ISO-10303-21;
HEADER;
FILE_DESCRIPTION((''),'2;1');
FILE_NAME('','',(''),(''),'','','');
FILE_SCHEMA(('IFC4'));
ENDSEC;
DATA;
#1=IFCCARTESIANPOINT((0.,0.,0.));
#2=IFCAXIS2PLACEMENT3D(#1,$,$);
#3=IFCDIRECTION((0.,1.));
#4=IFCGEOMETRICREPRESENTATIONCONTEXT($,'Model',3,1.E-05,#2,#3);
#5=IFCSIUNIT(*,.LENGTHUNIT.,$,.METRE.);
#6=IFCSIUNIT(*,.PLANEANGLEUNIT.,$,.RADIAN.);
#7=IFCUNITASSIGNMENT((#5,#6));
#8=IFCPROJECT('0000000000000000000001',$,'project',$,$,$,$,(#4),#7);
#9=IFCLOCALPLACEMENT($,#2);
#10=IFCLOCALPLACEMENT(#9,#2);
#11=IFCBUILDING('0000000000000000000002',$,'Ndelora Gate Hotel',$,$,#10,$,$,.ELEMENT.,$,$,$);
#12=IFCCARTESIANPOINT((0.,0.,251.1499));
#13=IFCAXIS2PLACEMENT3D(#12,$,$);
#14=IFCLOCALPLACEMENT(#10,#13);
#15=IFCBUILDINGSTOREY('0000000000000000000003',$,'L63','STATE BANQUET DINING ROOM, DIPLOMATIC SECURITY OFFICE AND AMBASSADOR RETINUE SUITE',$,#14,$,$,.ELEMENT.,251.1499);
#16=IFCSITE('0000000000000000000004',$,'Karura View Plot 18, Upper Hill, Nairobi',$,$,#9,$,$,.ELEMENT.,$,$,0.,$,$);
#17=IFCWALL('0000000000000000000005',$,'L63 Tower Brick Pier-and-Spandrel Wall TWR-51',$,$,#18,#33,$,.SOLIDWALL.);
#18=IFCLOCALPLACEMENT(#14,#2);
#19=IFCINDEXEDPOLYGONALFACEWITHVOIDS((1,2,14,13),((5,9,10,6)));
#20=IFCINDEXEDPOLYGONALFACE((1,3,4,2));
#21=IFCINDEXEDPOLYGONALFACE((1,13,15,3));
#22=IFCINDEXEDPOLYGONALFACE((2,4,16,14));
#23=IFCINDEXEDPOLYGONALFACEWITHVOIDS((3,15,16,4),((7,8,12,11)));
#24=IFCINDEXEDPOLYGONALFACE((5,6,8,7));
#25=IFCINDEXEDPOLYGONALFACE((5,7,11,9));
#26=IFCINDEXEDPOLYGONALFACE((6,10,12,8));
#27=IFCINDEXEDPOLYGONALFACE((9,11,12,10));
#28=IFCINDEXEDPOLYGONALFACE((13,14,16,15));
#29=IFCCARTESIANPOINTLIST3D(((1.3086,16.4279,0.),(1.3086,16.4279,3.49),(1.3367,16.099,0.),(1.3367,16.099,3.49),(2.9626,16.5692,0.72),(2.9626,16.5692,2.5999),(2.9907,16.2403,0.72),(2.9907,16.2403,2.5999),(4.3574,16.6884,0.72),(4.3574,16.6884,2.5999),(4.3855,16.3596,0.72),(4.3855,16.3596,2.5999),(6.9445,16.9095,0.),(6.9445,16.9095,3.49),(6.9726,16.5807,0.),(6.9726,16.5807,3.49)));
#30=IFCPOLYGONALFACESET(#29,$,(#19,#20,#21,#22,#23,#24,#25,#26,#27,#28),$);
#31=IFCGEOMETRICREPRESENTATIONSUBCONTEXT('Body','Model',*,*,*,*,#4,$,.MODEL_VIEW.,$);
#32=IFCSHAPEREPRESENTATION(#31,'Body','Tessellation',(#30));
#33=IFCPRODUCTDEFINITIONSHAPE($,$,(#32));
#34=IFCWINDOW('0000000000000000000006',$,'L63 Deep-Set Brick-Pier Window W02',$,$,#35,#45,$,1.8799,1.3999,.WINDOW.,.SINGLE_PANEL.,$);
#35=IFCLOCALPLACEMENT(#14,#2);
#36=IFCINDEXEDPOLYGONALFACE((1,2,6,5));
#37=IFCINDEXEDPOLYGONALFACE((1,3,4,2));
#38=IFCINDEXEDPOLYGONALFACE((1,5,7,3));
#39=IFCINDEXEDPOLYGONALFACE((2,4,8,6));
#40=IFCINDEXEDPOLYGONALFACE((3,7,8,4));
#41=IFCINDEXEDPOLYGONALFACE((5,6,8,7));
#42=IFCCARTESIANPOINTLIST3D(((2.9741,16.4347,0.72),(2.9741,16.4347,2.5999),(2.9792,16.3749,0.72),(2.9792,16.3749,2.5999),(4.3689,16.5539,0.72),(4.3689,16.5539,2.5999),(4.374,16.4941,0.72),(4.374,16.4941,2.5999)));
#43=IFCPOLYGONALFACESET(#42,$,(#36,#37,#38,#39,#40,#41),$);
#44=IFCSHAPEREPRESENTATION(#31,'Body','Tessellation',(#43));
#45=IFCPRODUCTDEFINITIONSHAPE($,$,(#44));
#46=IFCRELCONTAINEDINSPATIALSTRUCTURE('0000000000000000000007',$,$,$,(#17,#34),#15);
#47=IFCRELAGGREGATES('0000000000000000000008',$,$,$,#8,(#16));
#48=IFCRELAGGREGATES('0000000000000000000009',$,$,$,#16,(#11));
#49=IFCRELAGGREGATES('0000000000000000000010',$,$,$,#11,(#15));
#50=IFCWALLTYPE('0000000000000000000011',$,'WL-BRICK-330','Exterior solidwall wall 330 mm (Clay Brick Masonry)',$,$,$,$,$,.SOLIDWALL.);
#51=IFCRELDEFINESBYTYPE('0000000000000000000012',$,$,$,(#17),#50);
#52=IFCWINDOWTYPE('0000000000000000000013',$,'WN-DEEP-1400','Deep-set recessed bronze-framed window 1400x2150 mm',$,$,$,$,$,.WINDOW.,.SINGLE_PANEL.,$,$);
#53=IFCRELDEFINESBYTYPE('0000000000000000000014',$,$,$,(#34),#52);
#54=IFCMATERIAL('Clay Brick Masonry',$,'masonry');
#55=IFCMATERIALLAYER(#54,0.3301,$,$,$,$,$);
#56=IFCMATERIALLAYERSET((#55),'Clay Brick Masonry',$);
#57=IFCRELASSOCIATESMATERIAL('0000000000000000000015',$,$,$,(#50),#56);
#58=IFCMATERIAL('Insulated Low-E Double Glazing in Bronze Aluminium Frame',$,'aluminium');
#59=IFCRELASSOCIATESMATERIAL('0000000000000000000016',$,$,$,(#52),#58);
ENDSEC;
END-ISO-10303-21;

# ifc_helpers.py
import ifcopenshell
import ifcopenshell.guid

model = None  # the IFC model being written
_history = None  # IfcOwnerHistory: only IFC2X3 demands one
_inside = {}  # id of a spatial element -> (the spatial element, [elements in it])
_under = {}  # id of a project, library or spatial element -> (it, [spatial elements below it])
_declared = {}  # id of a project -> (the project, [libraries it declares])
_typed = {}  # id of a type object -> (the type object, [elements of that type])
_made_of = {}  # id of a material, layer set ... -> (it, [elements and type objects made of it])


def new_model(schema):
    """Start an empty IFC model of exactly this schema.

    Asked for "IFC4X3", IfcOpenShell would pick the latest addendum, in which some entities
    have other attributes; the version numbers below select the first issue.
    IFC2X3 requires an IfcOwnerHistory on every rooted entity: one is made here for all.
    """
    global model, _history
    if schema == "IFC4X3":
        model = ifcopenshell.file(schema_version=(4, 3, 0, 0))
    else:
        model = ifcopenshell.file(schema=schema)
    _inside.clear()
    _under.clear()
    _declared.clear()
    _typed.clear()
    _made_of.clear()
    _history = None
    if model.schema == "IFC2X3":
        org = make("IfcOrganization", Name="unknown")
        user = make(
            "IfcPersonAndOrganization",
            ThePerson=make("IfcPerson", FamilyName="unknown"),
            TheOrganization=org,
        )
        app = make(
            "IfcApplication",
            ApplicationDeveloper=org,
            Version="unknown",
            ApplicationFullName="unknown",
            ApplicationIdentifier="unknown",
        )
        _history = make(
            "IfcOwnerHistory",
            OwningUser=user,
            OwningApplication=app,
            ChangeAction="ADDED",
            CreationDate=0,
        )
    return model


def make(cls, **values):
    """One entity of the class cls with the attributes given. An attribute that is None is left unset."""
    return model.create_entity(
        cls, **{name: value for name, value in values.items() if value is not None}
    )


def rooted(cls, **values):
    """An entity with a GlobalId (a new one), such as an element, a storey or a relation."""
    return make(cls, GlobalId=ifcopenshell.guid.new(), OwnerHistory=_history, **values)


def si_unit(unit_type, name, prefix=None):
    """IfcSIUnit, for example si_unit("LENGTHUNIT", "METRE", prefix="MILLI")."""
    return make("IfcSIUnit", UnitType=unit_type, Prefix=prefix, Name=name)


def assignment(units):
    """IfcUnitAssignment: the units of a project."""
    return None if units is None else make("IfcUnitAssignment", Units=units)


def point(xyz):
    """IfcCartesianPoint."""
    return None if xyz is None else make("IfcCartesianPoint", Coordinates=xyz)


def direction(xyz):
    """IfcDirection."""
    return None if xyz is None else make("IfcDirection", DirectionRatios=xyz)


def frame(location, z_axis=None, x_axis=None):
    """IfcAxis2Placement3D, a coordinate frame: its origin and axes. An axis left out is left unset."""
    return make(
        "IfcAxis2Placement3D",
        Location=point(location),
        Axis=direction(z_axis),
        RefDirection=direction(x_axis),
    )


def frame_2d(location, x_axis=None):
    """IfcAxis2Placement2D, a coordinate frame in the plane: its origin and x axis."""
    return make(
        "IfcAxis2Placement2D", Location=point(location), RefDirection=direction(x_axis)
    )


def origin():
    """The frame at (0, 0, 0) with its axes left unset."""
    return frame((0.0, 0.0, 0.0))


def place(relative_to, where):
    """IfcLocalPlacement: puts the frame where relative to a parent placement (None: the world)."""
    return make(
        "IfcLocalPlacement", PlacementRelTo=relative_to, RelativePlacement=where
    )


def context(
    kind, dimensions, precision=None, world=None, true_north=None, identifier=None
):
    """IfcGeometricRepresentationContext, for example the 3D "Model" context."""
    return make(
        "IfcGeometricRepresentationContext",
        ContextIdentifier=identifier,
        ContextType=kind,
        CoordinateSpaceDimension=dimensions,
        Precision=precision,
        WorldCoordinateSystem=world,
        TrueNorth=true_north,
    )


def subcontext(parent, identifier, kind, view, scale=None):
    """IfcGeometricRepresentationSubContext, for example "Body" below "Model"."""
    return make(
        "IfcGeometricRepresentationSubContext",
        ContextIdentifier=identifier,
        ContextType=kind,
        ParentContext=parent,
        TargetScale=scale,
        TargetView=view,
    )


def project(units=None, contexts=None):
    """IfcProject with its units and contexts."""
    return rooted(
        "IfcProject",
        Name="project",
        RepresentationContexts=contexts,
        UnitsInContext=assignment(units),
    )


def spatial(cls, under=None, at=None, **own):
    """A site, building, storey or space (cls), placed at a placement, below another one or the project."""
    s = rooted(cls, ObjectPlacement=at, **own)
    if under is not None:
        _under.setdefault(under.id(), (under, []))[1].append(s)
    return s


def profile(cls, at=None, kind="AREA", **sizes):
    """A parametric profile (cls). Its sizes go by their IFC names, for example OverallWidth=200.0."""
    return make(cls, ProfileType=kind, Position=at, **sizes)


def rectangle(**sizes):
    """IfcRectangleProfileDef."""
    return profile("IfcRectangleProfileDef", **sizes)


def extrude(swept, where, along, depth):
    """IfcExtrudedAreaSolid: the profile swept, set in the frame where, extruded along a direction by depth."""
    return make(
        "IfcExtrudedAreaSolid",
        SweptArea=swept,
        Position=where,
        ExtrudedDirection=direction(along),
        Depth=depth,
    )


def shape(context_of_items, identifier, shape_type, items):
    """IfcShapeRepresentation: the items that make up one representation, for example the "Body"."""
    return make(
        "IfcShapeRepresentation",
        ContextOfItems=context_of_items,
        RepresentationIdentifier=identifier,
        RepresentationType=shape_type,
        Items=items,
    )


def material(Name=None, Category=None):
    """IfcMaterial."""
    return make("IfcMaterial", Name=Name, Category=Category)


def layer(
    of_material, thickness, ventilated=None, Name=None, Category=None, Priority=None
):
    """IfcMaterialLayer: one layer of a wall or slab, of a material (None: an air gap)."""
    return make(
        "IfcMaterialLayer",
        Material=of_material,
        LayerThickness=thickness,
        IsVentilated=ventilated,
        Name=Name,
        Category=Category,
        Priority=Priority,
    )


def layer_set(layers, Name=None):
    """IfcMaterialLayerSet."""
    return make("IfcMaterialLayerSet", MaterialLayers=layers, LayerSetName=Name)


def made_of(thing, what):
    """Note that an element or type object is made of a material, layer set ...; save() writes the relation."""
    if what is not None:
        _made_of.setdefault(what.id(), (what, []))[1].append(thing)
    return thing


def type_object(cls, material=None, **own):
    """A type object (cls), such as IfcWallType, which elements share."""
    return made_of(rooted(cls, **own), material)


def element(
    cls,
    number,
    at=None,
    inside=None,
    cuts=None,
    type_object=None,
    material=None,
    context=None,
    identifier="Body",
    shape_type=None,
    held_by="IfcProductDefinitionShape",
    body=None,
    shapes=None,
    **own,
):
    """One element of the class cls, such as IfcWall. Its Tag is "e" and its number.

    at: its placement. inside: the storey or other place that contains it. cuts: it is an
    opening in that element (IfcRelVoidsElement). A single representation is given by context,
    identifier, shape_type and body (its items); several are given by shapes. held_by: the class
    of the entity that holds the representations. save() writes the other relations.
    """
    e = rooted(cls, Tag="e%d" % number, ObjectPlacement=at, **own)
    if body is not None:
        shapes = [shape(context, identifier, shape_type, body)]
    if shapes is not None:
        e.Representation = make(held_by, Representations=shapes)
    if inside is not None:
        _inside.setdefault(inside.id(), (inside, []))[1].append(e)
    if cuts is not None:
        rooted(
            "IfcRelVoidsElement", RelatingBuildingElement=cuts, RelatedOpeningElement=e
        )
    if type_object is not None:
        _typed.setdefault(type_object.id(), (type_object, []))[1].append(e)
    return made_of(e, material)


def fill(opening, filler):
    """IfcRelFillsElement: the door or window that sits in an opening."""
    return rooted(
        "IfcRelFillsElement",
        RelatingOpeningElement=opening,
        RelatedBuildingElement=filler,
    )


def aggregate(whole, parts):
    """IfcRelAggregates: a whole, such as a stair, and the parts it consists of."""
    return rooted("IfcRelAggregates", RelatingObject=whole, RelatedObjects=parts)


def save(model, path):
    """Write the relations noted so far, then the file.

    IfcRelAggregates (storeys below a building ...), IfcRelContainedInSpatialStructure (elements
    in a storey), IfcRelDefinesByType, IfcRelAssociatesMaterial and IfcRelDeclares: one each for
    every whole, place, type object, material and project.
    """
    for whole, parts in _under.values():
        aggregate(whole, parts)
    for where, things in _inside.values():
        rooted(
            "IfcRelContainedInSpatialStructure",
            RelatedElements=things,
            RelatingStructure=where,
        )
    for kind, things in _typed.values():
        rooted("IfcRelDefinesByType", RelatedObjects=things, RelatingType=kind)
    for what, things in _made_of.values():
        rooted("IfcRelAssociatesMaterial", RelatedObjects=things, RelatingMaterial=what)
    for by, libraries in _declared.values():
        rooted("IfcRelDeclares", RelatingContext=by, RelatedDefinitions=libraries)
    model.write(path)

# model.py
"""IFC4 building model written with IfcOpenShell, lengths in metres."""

from ifc_helpers import new_model, si_unit, direction, frame, frame_2d, origin, place, context, subcontext, project, spatial, rectangle, extrude, material, layer, layer_set, type_object, element, fill, save


model = new_model("IFC4")

# Units and contexts
model_context = context("Model", 3, precision=1e-05, world=origin(), true_north=direction((0.0, 1.0)))
body_context = subcontext(model_context, "Body", "Model", "MODEL_VIEW")
ifc_project = project(units=[si_unit("LENGTHUNIT", "METRE"), si_unit("PLANEANGLEUNIT", "RADIAN")], contexts=[model_context])

# Site, building, storey
site_placement = place(None, origin())
site = spatial("IfcSite", under=ifc_project, at=site_placement, Name="Karura View Plot 18, Upper Hill, Nairobi", CompositionType="ELEMENT", RefElevation=0.0)
building_placement = place(site_placement, origin())
building = spatial("IfcBuilding", under=site, at=building_placement, Name="Ndelora Gate Hotel", CompositionType="ELEMENT")
storey_placement = place(building_placement, frame((0.0, 0.0, 251.1499)))
storey = spatial("IfcBuildingStorey", under=building, at=storey_placement, Name="L63", Description="STATE BANQUET DINING ROOM, DIPLOMATIC SECURITY OFFICE AND AMBASSADOR RETINUE SUITE", CompositionType="ELEMENT", Elevation=251.1499)

# Wall, opening, window
ifc_material_1 = material(Name="Clay Brick Masonry", Category="masonry")
ifc_layer_1 = layer(ifc_material_1, 0.3301)
ifc_layer_set_1 = layer_set([ifc_layer_1], Name="Clay Brick Masonry")
wall_type = type_object("IfcWallType", Name="WL-BRICK-330", Description="Exterior solidwall wall 330 mm (Clay Brick Masonry)", PredefinedType="SOLIDWALL", material=ifc_layer_set_1)
ifc_material_2 = material(Name="Insulated Low-E Double Glazing in Bronze Aluminium Frame", Category="aluminium")
window_type = type_object("IfcWindowType", Name="WN-DEEP-1400", Description="Deep-set recessed bronze-framed window 1400x2150 mm", PartitioningType="SINGLE_PANEL", PredefinedType="WINDOW", material=ifc_material_2)
wall_1_placement = place(storey_placement, frame((1.3228, 16.2634, 0.0), z_axis=(0.0, 0.0, 1.0), x_axis=(0.996368, 0.085156, 0.0)))
wall_1 = element("IfcWall", 1, at=wall_1_placement, inside=storey, type_object=wall_type, Name="L63 Tower Brick Pier-and-Spandrel Wall TWR-51", PredefinedType="SOLIDWALL", context=body_context, shape_type="SweptSolid", body=[
    extrude(rectangle(XDim=5.6565, YDim=0.3301, at=frame_2d((2.8281, 0.0))), origin(), (0.0, 0.0, 1.0), 3.49),
])
opening_1_placement = place(wall_1_placement, frame((1.6599, 0.0, 0.72)))
opening_1 = element("IfcOpeningElement", 2, at=opening_1_placement, cuts=wall_1, PredefinedType="OPENING", context=body_context, shape_type="SweptSolid", body=[
    extrude(rectangle(XDim=1.3999, YDim=1.8799, at=frame_2d((0.7, 0.9399))), frame((0.0, 0.175, 0.0), z_axis=(0.0, -1.0, 0.0), x_axis=(1.0, 0.0, 0.0)), (0.0, 0.0, 1.0), 0.3501),
])
window_1_placement = place(opening_1_placement, origin())
window_1 = element("IfcWindow", 3, at=window_1_placement, inside=storey, type_object=window_type, Name="L63 Deep-Set Brick-Pier Window W02", OverallHeight=1.8799, OverallWidth=1.3999, PartitioningType="SINGLE_PANEL", PredefinedType="WINDOW", context=body_context, shape_type="SweptSolid", body=[
    extrude(rectangle(XDim=1.3999, YDim=1.8799, at=frame_2d((0.7, 0.9399))), frame((0.0, 0.03, 0.0), z_axis=(0.0, -1.0, 0.0), x_axis=(1.0, 0.0, 0.0)), (0.0, 0.0, 1.0), 0.0601),
])
fill(opening_1, window_1)

save(model, "model.ifc")
